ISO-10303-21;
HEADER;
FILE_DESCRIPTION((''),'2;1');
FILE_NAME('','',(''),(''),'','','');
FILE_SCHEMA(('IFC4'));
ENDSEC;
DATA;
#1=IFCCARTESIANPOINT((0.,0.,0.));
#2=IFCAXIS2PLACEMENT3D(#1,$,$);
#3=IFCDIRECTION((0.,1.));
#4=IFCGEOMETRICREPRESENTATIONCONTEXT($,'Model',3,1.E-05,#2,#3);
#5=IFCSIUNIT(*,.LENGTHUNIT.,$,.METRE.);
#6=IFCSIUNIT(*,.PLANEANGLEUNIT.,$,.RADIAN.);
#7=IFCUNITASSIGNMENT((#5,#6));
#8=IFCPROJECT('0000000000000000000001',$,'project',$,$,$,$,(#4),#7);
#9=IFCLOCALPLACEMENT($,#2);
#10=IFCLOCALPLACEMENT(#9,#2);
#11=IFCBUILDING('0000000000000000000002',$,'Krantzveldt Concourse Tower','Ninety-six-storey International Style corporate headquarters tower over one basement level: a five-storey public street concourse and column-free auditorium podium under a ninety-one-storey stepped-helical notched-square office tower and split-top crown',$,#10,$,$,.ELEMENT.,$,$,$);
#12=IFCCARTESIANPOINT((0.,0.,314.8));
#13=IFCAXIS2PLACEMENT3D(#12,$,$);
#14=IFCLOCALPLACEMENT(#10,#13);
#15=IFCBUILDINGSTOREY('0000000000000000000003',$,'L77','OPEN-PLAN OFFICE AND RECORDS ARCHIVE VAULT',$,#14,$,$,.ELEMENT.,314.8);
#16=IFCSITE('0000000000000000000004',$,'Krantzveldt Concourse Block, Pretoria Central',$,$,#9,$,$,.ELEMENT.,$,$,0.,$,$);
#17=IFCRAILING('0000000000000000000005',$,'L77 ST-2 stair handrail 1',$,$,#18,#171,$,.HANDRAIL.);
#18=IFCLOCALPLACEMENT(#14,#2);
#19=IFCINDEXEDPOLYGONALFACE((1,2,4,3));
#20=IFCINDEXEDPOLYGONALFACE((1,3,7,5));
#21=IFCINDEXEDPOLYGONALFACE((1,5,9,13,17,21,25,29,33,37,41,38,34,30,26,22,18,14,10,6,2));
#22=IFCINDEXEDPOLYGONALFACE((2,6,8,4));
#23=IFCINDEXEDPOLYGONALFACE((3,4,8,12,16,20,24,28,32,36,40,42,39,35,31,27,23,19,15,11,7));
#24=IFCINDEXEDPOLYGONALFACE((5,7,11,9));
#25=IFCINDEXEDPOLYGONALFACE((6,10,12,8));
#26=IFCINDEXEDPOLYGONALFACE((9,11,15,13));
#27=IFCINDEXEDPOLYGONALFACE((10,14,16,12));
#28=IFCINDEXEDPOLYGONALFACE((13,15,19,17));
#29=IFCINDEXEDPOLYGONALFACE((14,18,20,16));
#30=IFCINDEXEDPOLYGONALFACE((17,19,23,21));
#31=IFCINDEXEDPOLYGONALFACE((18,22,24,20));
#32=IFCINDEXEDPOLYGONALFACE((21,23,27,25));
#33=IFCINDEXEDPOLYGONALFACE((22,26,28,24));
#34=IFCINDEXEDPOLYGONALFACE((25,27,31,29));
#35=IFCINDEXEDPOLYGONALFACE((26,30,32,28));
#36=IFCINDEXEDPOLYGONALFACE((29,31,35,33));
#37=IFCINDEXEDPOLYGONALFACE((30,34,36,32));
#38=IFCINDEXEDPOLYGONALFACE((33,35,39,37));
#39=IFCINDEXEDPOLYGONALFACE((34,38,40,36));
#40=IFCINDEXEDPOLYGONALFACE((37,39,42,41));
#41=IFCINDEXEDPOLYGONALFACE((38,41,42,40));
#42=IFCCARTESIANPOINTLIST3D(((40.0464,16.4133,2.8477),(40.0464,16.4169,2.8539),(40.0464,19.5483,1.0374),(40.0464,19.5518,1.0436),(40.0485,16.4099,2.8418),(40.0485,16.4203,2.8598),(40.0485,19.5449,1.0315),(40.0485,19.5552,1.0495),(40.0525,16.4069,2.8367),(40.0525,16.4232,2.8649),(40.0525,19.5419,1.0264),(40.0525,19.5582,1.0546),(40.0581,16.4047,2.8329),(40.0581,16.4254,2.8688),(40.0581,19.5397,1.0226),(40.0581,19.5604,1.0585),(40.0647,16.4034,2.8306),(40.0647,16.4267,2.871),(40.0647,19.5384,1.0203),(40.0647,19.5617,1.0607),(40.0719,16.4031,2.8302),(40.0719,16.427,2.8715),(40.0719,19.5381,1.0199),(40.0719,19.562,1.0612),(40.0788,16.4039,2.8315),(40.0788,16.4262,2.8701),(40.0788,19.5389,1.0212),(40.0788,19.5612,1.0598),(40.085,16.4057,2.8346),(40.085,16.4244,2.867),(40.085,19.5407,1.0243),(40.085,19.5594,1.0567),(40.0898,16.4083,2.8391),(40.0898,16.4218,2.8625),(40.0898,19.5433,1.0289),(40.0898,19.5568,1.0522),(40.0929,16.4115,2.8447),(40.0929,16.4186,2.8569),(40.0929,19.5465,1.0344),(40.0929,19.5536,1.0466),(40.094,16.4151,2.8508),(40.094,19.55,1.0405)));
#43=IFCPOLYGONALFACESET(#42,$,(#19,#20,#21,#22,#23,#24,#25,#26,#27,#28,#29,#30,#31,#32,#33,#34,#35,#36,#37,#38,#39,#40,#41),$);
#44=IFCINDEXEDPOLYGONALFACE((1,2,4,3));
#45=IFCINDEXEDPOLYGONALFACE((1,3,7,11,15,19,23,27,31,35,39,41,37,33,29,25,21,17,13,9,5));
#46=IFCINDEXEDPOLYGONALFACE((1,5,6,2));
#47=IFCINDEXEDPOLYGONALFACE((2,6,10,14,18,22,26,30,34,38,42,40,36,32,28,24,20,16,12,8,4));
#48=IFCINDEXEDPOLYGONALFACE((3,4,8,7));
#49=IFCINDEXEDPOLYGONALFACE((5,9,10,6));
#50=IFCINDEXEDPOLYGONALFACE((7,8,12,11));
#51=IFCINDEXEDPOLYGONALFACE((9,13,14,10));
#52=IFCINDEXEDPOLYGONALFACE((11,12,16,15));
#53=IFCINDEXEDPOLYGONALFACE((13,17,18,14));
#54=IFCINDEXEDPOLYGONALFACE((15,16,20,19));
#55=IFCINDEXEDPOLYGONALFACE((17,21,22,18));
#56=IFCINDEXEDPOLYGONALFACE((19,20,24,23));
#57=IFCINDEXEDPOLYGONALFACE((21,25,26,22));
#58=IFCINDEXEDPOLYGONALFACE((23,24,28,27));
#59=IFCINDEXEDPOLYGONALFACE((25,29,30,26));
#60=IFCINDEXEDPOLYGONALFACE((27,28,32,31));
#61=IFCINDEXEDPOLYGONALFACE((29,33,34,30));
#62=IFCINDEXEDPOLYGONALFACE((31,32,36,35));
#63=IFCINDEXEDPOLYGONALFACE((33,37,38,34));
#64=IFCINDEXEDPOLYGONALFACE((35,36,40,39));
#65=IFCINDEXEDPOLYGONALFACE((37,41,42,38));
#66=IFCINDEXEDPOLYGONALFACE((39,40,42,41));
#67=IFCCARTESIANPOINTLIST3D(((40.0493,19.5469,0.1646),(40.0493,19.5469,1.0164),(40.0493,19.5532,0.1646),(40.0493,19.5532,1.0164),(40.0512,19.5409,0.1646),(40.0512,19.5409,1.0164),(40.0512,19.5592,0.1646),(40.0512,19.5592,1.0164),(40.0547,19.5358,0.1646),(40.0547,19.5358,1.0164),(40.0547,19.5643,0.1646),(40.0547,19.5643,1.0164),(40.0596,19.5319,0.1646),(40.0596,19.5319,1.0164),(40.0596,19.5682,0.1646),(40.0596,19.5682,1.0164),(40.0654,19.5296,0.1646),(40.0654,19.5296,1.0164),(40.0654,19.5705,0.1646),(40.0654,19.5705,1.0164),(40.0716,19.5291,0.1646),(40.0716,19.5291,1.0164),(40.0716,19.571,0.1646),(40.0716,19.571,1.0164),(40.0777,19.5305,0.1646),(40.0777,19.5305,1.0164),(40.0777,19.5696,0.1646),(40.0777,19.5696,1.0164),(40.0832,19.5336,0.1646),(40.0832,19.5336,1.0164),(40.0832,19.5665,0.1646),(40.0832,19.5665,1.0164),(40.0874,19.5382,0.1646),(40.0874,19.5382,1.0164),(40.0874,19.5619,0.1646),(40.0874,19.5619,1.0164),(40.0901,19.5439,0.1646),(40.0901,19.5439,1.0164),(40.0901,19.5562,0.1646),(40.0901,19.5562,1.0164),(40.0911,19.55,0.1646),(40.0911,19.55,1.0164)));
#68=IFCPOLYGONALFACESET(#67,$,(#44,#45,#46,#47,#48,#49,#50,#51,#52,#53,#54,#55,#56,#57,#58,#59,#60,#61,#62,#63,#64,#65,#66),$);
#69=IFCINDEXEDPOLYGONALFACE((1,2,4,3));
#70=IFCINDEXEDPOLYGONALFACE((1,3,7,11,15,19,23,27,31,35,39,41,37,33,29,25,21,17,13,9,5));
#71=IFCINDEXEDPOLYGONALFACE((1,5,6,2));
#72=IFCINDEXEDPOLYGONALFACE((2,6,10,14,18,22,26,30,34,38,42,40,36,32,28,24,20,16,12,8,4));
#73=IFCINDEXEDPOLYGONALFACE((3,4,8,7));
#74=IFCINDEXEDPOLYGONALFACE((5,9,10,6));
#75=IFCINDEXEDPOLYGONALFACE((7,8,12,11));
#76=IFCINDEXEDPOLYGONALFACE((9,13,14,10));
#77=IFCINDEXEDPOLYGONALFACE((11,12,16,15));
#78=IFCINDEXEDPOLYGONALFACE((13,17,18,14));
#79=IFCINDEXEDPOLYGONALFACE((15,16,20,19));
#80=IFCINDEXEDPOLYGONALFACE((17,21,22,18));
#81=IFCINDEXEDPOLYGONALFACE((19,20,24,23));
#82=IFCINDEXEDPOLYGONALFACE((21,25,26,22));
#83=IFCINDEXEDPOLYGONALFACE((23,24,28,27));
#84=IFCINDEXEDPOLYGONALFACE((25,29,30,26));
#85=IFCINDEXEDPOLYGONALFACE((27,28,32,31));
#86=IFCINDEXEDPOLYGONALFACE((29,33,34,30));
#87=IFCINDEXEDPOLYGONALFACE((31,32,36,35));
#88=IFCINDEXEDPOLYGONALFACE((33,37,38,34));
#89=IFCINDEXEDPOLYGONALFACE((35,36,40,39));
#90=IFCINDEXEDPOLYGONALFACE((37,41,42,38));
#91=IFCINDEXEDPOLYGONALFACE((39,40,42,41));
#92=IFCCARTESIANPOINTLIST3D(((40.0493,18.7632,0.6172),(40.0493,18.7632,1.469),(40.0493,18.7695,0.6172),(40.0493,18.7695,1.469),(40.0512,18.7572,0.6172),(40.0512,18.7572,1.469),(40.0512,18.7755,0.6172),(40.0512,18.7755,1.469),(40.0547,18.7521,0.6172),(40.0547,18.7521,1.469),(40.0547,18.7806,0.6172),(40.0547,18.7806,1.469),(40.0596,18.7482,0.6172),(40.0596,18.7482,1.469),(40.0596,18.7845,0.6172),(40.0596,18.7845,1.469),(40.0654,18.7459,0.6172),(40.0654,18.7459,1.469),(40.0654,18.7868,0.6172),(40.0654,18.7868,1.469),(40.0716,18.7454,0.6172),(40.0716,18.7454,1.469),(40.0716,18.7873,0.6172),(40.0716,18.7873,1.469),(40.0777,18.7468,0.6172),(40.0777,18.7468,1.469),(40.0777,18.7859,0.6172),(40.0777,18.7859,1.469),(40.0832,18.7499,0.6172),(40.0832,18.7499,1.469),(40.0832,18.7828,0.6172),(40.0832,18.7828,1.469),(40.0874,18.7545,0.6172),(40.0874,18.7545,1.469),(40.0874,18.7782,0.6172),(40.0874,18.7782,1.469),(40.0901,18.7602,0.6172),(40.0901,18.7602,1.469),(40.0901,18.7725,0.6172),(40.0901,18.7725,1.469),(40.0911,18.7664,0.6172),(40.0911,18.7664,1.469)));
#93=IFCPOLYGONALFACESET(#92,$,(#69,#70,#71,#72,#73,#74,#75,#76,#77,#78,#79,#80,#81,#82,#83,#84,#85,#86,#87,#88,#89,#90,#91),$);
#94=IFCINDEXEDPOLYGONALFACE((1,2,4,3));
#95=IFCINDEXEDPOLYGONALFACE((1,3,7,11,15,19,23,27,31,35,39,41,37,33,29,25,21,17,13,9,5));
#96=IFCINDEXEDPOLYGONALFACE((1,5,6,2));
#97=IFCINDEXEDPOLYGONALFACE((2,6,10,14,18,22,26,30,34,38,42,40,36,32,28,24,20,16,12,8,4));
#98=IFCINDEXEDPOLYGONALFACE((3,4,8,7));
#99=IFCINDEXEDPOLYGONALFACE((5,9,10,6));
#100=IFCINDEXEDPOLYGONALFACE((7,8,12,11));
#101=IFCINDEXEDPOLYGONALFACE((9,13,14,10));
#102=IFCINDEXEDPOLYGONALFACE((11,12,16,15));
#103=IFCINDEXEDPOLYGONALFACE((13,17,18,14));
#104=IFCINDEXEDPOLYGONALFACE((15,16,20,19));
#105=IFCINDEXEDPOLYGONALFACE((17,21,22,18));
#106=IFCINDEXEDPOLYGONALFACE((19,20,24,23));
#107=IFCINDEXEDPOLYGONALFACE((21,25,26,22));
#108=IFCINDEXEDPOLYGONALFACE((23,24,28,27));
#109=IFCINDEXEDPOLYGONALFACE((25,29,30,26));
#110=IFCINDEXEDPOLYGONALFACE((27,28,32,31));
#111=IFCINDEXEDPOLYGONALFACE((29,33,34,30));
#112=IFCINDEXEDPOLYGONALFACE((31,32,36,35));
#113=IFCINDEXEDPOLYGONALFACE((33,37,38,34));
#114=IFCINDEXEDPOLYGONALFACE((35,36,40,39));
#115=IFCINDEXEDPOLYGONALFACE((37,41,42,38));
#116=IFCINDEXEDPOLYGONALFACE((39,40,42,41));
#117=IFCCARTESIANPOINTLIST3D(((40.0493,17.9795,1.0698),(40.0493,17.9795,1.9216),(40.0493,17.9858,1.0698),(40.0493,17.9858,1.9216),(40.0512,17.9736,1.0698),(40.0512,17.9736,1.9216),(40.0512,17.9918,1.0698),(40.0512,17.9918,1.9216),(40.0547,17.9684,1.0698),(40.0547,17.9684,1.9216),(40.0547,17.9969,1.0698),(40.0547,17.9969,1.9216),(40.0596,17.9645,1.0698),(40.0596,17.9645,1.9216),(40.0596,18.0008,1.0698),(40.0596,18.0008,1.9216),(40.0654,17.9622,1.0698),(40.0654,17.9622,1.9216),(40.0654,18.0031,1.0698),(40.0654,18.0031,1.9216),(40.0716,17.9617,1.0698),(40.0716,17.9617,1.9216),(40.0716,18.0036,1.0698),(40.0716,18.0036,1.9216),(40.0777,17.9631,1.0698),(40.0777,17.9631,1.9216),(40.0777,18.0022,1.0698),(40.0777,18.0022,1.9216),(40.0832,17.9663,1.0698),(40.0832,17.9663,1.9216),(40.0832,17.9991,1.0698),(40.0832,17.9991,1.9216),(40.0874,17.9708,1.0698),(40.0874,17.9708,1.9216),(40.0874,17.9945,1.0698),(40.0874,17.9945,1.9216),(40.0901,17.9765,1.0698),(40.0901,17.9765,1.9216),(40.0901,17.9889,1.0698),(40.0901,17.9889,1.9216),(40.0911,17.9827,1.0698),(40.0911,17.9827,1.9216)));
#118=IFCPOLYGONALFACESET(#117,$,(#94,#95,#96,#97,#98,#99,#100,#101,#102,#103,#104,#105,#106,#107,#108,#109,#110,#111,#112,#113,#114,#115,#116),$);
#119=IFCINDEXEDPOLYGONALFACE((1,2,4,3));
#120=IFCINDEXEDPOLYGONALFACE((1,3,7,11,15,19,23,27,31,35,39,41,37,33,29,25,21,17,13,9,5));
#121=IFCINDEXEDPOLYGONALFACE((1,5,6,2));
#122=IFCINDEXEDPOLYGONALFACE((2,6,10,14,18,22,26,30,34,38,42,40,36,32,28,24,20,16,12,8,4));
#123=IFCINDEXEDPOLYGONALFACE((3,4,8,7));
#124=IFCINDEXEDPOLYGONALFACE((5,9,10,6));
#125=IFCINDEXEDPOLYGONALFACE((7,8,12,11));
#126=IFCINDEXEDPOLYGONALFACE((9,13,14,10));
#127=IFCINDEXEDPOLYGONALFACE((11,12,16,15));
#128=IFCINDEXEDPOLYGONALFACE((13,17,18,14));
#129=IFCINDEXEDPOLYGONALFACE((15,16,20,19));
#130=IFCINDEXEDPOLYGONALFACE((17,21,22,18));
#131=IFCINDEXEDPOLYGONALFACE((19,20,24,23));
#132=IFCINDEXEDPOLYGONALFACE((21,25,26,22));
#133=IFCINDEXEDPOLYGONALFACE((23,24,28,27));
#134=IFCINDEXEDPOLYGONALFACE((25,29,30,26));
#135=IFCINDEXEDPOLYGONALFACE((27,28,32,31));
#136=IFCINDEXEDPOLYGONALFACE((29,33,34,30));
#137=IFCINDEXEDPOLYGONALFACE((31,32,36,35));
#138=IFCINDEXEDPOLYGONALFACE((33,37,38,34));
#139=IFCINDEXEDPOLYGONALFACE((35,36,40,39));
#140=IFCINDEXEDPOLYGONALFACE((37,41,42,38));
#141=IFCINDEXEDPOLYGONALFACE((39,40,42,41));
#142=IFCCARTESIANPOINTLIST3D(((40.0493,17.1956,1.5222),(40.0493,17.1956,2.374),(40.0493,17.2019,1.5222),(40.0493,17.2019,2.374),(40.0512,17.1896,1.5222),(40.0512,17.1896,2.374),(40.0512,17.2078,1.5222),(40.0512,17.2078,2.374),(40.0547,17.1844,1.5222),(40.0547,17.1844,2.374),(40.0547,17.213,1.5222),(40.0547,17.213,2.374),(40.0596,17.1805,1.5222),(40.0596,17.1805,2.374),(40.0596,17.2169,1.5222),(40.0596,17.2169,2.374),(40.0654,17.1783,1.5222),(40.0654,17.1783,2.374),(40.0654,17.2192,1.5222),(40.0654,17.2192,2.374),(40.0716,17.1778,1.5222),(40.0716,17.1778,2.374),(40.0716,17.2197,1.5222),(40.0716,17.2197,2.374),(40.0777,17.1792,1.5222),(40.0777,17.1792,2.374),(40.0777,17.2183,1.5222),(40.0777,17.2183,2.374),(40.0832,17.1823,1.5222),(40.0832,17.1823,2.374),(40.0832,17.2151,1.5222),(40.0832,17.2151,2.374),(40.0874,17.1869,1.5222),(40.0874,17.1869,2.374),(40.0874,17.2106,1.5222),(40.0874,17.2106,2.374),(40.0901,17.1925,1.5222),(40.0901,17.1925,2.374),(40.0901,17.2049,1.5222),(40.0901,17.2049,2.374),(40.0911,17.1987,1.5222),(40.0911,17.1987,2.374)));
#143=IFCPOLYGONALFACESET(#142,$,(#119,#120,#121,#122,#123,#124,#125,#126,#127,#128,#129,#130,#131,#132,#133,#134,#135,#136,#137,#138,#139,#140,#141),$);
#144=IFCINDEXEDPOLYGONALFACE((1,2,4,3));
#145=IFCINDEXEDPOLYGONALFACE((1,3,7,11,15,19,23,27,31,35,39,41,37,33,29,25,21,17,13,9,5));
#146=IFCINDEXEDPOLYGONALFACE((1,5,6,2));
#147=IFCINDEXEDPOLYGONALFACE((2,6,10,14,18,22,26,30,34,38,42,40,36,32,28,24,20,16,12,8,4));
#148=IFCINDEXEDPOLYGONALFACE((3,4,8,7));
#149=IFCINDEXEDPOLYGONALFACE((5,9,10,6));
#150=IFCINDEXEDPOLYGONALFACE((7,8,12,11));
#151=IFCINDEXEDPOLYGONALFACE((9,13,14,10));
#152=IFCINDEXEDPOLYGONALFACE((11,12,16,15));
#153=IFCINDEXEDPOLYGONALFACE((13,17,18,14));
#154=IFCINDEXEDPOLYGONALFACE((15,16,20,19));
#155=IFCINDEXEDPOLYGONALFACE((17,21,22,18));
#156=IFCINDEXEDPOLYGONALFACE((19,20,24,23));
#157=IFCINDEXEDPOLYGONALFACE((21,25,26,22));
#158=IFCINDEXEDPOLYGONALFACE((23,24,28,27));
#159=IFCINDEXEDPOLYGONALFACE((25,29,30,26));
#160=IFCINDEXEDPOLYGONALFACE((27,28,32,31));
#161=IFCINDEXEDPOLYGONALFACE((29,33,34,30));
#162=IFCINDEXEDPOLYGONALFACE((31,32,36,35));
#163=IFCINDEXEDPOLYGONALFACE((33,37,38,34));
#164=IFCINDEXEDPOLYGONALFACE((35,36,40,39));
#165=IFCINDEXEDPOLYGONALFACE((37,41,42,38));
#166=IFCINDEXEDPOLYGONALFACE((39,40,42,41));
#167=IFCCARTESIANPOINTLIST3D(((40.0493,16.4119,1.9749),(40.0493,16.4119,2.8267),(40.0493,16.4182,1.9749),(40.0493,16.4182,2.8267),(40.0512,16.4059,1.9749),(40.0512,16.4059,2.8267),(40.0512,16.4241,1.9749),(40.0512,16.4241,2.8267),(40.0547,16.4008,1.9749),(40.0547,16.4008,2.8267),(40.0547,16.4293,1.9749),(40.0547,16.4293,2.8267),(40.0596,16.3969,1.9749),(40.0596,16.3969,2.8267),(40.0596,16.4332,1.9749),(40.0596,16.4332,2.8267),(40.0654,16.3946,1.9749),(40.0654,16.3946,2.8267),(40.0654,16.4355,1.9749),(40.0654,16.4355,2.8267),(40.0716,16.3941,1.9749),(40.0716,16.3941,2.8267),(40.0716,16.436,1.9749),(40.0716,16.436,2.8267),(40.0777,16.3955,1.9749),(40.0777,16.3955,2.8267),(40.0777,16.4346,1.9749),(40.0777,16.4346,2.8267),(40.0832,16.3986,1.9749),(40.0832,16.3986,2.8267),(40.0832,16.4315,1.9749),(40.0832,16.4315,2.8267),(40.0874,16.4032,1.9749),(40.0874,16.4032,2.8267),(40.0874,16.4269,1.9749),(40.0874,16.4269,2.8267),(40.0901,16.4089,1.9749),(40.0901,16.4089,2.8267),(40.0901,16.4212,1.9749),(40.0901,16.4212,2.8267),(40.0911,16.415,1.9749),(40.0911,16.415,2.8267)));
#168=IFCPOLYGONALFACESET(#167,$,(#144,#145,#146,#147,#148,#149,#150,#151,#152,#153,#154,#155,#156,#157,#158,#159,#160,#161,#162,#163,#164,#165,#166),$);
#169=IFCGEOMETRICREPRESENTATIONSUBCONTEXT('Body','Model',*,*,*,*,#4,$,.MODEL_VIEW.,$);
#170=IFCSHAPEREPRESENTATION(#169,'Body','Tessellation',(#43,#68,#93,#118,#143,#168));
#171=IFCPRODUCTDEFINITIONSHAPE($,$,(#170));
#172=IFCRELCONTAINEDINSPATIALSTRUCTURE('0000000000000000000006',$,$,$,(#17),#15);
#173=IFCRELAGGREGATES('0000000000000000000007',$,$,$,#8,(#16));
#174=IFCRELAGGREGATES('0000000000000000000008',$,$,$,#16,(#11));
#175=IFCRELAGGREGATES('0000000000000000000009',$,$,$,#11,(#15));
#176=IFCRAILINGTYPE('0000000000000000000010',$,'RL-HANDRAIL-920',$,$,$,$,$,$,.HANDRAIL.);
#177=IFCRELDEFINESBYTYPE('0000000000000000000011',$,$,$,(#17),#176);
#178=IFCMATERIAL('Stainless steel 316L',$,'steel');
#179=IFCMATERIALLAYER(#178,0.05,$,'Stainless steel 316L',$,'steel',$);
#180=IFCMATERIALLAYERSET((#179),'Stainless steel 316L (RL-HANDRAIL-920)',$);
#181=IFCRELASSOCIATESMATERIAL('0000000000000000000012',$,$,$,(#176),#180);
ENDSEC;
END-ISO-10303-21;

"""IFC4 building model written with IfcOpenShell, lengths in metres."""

from ifc_helpers import new_model, si_unit, direction, frame, origin, origin_2d, place, context, subcontext, project, spatial, circle, extrude, material, layer, layer_set, type_object, element, save


model = new_model("IFC4")

# Units and contexts
model_context = context("Model", 3, precision=1e-05, world=origin(), true_north=direction((0.0, 1.0)))
body_context = subcontext(model_context, "Body", "Model", "MODEL_VIEW")
ifc_project = project(units=[si_unit("LENGTHUNIT", "METRE"), si_unit("PLANEANGLEUNIT", "RADIAN")], contexts=[model_context])

# Site, building, storey
site_placement = place(None, origin())
site = spatial("IfcSite", under=ifc_project, at=site_placement, Name="Krantzveldt Concourse Block, Pretoria Central", CompositionType="ELEMENT", RefElevation=0.0)
building_placement = place(site_placement, origin())
building = spatial("IfcBuilding", under=site, at=building_placement, Name="Krantzveldt Concourse Tower", Description="Ninety-six-storey International Style corporate headquarters tower over one basement level: a five-storey public street concourse and column-free auditorium podium under a ninety-one-storey stepped-helical notched-square office tower and split-top crown", CompositionType="ELEMENT")
storey_placement = place(building_placement, frame((0.0, 0.0, 314.8)))
storey = spatial("IfcBuildingStorey", under=building, at=storey_placement, Name="L77", Description="OPEN-PLAN OFFICE AND RECORDS ARCHIVE VAULT", CompositionType="ELEMENT", Elevation=314.8)

# Shared definitions
ifc_material_1 = material(Name="Stainless steel 316L", Category="steel")

# Railing
ifc_layer_1 = layer(ifc_material_1, 0.05, Name="Stainless steel 316L", Category="steel")
ifc_layer_set_1 = layer_set([ifc_layer_1], Name="Stainless steel 316L (RL-HANDRAIL-920)")
railing_type_1 = type_object("IfcRailingType", Name="RL-HANDRAIL-920", PredefinedType="HANDRAIL", material=ifc_layer_set_1)
railing_1_placement = place(storey_placement, frame((40.0701, 19.55, 0.1646)))
element("IfcRailing", 1, at=railing_1_placement, inside=storey, type_object=railing_type_1, Name="L77 ST-2 stair handrail 1", PredefinedType="HANDRAIL", context=body_context, shape_type="SweptSolid", body=[
    extrude(circle(Radius=0.0239, at=origin_2d()), frame((0.0, 0.0, 0.876), z_axis=(0.0, -0.865989, 0.500063), x_axis=(1.0, 0.0, 0.0)), (0.0, 0.0, 1.0), 3.6201),
    extrude(circle(Radius=0.021, at=origin_2d()), origin(), (0.0, 0.0, 1.0), 0.8518),
    extrude(circle(Radius=0.021, at=origin_2d()), frame((0.0, -0.7837, 0.4526)), (0.0, 0.0, 1.0), 0.8518),
    extrude(circle(Radius=0.021, at=origin_2d()), frame((0.0, -1.5674, 0.9053)), (0.0, 0.0, 1.0), 0.8518),
    extrude(circle(Radius=0.021, at=origin_2d()), frame((0.0, -2.3513, 1.3577)), (0.0, 0.0, 1.0), 0.8518),
    extrude(circle(Radius=0.021, at=origin_2d()), frame((0.0, -3.135, 1.8103)), (0.0, 0.0, 1.0), 0.8518),
])

save(model, "model.ifc")
